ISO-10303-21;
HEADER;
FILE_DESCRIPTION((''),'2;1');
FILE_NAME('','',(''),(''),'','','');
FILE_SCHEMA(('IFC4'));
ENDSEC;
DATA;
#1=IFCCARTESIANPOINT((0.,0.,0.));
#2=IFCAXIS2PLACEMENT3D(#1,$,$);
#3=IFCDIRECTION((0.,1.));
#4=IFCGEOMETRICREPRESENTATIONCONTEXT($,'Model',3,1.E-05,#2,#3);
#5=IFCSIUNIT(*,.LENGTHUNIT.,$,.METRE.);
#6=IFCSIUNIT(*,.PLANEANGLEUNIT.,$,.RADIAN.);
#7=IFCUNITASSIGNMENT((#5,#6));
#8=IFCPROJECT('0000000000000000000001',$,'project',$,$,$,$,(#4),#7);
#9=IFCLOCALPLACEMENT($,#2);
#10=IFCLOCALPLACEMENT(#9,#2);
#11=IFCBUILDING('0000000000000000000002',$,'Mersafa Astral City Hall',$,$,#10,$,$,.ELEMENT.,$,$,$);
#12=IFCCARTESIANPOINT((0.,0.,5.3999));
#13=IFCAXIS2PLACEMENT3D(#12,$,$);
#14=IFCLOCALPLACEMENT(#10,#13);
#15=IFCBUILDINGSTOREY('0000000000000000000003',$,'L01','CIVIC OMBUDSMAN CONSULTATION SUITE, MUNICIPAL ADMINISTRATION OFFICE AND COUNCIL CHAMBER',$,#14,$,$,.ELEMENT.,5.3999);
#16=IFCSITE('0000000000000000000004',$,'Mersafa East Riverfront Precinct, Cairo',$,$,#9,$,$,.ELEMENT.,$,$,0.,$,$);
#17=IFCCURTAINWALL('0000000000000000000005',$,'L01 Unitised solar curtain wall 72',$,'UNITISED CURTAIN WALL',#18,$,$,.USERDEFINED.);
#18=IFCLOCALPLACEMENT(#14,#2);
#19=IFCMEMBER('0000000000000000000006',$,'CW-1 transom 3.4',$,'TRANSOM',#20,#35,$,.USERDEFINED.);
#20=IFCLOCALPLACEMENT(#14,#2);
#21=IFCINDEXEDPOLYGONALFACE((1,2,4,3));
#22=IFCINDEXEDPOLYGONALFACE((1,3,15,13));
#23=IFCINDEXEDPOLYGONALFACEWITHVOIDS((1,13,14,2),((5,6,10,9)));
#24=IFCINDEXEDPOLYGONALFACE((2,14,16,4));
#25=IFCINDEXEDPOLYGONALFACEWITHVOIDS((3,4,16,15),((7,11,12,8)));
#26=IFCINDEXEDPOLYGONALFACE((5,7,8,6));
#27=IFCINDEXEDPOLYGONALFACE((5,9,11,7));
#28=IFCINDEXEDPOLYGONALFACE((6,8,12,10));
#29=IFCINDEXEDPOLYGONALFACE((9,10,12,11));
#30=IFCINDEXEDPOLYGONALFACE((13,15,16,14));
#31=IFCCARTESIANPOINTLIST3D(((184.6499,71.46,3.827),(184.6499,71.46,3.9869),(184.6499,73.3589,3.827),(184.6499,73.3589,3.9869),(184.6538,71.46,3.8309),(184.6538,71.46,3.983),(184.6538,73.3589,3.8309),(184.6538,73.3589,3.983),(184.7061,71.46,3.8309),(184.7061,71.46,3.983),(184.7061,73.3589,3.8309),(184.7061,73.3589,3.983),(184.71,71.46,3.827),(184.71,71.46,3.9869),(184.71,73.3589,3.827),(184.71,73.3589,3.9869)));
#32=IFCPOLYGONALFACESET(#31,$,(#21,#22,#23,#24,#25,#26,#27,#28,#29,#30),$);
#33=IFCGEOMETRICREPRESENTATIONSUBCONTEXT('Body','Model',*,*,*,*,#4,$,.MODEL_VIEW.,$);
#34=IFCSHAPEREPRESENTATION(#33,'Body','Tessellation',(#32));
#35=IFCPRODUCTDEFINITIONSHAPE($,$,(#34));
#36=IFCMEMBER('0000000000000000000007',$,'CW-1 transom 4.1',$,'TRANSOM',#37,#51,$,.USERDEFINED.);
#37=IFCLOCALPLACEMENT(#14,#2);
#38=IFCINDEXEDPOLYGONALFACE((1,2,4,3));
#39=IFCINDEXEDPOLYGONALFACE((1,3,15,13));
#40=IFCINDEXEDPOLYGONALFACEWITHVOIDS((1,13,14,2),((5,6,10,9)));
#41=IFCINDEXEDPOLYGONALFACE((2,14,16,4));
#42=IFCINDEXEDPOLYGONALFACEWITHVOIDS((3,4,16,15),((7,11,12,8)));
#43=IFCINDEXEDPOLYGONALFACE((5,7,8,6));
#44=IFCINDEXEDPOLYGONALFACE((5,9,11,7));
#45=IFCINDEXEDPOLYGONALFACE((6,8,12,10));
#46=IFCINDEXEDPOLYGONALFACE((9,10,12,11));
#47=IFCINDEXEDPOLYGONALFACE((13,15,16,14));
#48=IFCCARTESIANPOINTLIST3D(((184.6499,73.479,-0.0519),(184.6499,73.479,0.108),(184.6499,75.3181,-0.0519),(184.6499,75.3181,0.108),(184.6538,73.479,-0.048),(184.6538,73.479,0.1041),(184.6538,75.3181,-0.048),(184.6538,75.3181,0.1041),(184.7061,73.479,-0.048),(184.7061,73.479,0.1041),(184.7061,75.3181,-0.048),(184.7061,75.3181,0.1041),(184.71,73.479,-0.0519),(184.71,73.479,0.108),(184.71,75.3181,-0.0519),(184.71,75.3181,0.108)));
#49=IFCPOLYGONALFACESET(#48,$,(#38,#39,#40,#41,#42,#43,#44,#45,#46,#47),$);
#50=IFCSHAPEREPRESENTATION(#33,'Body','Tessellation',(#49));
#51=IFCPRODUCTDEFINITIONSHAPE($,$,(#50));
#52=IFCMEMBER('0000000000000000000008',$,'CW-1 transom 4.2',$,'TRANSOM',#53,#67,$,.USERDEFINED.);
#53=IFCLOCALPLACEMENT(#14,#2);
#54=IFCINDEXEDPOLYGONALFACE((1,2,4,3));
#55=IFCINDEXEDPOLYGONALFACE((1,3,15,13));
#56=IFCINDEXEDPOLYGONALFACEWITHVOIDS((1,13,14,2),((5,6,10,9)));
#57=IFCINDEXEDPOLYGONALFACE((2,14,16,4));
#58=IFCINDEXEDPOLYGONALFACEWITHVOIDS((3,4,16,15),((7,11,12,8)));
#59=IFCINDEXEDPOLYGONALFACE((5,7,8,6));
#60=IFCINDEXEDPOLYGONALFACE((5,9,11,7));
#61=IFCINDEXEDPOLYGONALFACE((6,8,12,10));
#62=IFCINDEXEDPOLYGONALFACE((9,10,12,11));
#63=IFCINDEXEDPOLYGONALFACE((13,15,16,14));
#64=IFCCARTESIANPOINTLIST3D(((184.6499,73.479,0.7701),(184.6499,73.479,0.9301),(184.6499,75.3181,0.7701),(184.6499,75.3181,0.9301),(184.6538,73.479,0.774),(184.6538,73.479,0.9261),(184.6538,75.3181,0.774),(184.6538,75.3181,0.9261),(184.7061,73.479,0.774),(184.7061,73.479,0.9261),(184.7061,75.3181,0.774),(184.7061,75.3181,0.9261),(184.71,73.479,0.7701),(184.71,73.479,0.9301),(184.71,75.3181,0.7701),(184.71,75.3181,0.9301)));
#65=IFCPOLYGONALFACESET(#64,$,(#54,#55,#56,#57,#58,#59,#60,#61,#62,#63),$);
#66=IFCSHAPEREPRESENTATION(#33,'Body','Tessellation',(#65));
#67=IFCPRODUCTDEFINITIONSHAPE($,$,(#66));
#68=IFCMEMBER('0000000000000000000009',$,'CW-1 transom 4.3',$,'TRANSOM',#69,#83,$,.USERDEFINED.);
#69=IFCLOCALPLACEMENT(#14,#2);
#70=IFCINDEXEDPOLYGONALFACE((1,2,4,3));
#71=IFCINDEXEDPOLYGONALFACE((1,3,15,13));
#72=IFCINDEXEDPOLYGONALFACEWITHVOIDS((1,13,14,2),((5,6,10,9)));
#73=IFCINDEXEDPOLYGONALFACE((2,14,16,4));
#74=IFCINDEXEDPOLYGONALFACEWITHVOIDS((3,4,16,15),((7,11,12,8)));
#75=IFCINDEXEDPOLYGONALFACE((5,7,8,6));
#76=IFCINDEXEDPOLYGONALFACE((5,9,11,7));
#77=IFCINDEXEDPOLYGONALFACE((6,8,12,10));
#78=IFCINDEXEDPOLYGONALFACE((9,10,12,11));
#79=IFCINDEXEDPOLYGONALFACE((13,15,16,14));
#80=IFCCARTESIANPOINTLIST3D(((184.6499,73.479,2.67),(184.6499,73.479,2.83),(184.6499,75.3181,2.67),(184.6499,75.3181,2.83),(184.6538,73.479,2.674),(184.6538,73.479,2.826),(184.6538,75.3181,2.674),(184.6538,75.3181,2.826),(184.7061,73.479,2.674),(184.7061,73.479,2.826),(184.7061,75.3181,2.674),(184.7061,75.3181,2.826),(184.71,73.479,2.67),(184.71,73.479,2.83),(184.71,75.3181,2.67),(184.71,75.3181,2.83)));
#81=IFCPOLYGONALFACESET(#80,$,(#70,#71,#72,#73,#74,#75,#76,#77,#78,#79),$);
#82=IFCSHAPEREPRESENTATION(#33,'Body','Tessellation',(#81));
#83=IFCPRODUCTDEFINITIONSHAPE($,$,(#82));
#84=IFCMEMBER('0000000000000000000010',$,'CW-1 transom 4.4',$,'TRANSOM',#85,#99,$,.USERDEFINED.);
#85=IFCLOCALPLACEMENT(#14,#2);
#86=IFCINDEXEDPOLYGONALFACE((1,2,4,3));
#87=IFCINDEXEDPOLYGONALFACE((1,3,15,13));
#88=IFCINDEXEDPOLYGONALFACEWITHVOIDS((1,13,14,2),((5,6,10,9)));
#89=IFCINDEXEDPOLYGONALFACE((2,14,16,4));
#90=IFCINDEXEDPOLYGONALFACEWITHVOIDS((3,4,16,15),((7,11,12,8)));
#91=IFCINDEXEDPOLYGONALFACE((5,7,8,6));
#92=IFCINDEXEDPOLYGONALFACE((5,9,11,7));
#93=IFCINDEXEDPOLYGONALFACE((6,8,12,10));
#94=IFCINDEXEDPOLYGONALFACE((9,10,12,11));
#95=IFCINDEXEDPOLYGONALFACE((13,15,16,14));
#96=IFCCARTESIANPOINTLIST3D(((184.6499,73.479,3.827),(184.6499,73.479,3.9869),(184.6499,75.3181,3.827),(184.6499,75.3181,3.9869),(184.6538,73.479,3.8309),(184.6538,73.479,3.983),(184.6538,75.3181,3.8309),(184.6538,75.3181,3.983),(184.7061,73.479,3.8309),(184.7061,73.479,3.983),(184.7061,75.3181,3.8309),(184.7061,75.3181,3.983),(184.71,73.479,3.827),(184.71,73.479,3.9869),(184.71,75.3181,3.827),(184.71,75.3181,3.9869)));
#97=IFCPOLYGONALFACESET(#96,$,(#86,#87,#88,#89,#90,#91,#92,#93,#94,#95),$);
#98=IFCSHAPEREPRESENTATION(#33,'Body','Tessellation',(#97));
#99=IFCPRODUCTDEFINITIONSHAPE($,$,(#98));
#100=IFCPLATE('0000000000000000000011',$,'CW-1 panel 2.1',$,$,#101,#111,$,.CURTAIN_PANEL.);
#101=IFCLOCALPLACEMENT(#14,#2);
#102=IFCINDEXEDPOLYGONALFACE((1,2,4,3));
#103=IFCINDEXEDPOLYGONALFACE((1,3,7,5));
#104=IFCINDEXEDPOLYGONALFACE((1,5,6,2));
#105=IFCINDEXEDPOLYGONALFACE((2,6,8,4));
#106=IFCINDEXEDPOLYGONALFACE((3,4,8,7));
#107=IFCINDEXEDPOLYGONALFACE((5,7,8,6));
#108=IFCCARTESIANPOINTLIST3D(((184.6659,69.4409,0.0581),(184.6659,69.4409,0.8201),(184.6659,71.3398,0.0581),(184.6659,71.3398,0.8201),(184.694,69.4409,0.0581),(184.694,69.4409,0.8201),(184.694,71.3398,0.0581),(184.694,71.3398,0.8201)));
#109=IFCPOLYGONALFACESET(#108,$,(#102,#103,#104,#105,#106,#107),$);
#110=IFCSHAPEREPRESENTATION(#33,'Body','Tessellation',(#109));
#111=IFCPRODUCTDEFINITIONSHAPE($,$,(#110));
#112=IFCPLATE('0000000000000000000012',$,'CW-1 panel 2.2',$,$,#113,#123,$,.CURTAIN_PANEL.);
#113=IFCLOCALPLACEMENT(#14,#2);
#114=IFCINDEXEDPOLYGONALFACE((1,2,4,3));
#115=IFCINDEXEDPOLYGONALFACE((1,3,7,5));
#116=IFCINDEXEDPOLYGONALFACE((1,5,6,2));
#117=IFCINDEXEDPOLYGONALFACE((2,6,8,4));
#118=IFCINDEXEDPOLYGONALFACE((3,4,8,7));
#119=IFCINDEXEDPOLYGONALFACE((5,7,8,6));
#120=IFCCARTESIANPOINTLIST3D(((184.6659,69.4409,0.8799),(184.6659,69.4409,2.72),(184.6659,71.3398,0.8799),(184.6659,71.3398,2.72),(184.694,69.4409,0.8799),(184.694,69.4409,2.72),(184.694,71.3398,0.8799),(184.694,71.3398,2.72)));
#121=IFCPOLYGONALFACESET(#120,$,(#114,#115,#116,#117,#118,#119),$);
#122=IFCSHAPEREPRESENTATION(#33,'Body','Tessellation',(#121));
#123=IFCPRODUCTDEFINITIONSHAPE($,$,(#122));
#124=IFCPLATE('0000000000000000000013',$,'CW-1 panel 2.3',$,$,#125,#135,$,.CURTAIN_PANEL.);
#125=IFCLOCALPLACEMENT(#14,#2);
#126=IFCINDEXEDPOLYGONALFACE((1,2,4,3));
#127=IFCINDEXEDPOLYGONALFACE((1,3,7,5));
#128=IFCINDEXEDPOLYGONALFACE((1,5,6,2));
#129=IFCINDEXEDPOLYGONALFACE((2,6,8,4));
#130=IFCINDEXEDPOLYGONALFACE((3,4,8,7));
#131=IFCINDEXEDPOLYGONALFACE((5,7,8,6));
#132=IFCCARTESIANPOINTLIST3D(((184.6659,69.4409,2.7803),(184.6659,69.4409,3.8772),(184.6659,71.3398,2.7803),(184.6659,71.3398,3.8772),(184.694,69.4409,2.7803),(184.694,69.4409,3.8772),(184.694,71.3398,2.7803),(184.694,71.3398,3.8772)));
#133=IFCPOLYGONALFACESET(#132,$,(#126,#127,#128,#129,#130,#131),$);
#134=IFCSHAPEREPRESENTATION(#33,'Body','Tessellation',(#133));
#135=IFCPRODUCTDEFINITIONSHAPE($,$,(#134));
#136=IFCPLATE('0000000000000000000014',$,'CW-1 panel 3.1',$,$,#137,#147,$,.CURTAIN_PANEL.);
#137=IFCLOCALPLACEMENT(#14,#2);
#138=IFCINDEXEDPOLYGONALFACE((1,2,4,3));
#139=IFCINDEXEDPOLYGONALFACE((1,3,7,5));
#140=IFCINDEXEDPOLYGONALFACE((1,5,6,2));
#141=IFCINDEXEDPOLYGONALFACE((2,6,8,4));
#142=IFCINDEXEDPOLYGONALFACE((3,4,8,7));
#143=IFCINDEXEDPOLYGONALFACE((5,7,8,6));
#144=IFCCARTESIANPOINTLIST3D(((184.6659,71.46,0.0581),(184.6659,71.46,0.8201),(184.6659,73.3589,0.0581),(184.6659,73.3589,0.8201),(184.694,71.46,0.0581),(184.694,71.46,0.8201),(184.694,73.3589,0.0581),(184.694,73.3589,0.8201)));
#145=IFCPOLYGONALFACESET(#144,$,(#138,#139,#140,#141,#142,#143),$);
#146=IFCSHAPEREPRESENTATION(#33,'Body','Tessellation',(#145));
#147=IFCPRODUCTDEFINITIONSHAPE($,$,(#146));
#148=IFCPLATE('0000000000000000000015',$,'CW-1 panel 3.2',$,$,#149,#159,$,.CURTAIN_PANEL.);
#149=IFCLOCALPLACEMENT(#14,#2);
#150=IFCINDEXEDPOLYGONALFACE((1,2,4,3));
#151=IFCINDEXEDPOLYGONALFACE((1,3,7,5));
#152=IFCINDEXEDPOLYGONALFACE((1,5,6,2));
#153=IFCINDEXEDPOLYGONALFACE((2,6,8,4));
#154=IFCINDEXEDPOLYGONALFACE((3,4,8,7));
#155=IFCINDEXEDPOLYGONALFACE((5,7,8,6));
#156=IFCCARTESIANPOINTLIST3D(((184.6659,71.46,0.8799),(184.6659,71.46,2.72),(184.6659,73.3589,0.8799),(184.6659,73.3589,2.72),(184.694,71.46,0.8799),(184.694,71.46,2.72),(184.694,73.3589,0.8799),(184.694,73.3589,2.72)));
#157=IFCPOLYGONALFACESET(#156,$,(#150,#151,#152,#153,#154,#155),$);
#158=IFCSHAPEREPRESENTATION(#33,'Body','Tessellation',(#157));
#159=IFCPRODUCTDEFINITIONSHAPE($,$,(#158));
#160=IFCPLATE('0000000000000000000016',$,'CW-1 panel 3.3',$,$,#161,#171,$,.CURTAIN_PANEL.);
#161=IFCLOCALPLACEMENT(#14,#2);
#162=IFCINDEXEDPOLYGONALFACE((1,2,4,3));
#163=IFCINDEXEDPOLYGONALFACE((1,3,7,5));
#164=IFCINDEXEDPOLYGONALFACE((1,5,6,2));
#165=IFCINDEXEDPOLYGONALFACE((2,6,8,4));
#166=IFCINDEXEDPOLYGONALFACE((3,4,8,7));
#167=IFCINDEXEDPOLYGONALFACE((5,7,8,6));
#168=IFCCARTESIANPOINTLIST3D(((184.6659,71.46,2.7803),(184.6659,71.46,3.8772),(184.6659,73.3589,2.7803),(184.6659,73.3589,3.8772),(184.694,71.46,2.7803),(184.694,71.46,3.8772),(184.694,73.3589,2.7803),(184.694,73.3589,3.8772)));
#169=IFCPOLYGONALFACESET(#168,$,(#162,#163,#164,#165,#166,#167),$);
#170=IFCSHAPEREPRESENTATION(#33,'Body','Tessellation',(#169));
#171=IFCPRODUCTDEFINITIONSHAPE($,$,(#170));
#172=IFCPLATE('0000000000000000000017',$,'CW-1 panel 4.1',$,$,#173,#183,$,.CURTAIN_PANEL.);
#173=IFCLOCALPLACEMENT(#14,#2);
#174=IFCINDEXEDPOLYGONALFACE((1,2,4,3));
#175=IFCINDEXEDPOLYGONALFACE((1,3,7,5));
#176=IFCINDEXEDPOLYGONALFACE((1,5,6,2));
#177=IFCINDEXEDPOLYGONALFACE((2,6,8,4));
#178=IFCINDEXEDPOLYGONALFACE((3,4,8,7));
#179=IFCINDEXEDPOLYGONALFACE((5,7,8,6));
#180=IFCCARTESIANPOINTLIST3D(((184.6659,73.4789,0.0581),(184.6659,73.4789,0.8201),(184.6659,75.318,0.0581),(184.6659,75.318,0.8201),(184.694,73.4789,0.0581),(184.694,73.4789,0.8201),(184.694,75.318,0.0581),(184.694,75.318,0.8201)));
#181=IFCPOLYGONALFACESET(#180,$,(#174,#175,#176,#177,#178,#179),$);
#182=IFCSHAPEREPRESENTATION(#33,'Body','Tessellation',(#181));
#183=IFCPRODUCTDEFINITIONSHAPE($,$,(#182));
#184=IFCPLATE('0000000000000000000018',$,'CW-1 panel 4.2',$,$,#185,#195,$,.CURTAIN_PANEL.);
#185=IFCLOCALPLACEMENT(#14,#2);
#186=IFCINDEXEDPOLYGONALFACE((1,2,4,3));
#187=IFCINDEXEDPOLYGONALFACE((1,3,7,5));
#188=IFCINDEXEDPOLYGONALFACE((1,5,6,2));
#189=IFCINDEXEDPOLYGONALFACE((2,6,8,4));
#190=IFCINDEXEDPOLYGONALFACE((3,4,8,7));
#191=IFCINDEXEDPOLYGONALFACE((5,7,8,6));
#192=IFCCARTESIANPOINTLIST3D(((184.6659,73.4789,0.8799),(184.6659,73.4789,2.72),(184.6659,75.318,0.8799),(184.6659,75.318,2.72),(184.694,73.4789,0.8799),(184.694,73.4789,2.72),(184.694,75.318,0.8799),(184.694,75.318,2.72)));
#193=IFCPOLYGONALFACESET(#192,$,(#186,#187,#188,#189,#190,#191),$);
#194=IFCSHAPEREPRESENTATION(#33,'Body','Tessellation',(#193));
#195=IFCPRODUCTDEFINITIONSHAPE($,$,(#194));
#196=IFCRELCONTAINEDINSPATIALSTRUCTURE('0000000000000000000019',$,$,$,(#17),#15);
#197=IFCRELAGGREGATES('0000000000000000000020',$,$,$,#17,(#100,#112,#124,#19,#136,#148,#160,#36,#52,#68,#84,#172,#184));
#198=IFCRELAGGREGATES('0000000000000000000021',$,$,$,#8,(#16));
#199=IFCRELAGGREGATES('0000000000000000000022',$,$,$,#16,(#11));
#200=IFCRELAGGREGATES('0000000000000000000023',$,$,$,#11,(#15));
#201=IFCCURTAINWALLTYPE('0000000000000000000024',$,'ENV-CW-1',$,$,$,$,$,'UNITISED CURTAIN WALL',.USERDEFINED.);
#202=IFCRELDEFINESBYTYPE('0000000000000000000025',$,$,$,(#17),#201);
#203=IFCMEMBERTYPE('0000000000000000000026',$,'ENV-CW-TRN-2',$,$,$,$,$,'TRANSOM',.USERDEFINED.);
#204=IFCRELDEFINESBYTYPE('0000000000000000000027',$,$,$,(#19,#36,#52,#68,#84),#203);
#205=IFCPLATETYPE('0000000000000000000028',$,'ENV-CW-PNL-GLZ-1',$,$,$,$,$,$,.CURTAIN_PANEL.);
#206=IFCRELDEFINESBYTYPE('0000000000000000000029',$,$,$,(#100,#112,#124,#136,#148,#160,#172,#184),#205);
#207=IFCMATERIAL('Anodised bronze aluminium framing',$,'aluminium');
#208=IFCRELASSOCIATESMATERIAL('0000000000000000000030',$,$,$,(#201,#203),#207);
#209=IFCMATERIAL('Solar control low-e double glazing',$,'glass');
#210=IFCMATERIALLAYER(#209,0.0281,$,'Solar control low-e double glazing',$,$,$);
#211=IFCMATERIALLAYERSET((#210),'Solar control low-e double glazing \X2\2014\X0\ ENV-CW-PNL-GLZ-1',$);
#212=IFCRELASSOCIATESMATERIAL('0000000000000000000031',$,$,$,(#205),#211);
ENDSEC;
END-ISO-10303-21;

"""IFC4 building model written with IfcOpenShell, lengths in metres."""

from ifc_helpers import new_model, si_unit, direction, frame, origin, origin_2d, place, context, subcontext, project, spatial, rectangle, hollow_rectangle, extrude, material, layer, layer_set, material_profile, profile_set, type_object, element, aggregate, save


model = new_model("IFC4")

# Units and contexts
model_context = context("Model", 3, precision=1e-05, world=origin(), true_north=direction((0.0, 1.0)))
body_context = subcontext(model_context, "Body", "Model", "MODEL_VIEW")
ifc_project = project(units=[si_unit("LENGTHUNIT", "METRE"), si_unit("PLANEANGLEUNIT", "RADIAN")], contexts=[model_context])

# Site, building, storey
site_placement = place(None, origin())
site = spatial("IfcSite", under=ifc_project, at=site_placement, Name="Mersafa East Riverfront Precinct, Cairo", CompositionType="ELEMENT", RefElevation=0.0)
building_placement = place(site_placement, origin())
building = spatial("IfcBuilding", under=site, at=building_placement, Name="Mersafa Astral City Hall", CompositionType="ELEMENT")
storey_placement = place(building_placement, frame((0.0, 0.0, 5.3999)))
storey = spatial("IfcBuildingStorey", under=building, at=storey_placement, Name="L01", Description="CIVIC OMBUDSMAN CONSULTATION SUITE, MUNICIPAL ADMINISTRATION OFFICE AND COUNCIL CHAMBER", CompositionType="ELEMENT", Elevation=5.3999)

# Curtain wall, members, plates
ifc_material_1 = material(Name="Anodised bronze aluminium framing", Category="aluminium")
curtain_wall_type = type_object("IfcCurtainWallType", Name="ENV-CW-1", ElementType="UNITISED CURTAIN WALL", PredefinedType="USERDEFINED", material=ifc_material_1)
curtain_wall_placement = place(storey_placement, origin())
curtain_wall = element("IfcCurtainWall", 1, at=curtain_wall_placement, inside=storey, type_object=curtain_wall_type, Name="L01 Unitised solar curtain wall 72", ObjectType="UNITISED CURTAIN WALL", PredefinedType="USERDEFINED")
ifc_material_profile_1 = material_profile(ifc_material_1, hollow_rectangle(XDim=0.0601, YDim=0.1599, WallThickness=0.0039, at=origin_2d()), Name="RHS 60x160x4")
ifc_profile_set_1 = profile_set([ifc_material_profile_1], Name="Anodised bronze aluminium framing")
member_type_1 = type_object("IfcMemberType", Name="ENV-CW-TRN-2", ElementType="TRANSOM", PredefinedType="USERDEFINED", material=ifc_profile_set_1)
member_1_placement = place(storey_placement, frame((184.6799, 71.46, 3.907), z_axis=(0.0, 1.0, 0.0), x_axis=(-1.0, 0.0, 0.0)))
member_1 = element("IfcMember", 2, at=member_1_placement, type_object=member_type_1, Name="CW-1 transom 3.4", ObjectType="TRANSOM", PredefinedType="USERDEFINED", context=body_context, shape_type="SweptSolid", body=[
    extrude(hollow_rectangle(XDim=0.0601, YDim=0.1599, WallThickness=0.0039, at=origin_2d()), origin(), (0.0, 0.0, 1.0), 1.8989),
])
member_2_placement = place(storey_placement, frame((184.6799, 73.479, 0.0281), z_axis=(0.0, 1.0, 0.0), x_axis=(-1.0, 0.0, 0.0)))
member_2 = element("IfcMember", 3, at=member_2_placement, type_object=member_type_1, Name="CW-1 transom 4.1", ObjectType="TRANSOM", PredefinedType="USERDEFINED", context=body_context, shape_type="SweptSolid", body=[
    extrude(hollow_rectangle(XDim=0.0601, YDim=0.1599, WallThickness=0.0039, at=origin_2d()), origin(), (0.0, 0.0, 1.0), 1.8391),
])
member_3_placement = place(storey_placement, frame((184.6799, 73.479, 0.8501), z_axis=(0.0, 1.0, 0.0), x_axis=(-1.0, 0.0, 0.0)))
member_3 = element("IfcMember", 4, at=member_3_placement, type_object=member_type_1, Name="CW-1 transom 4.2", ObjectType="TRANSOM", PredefinedType="USERDEFINED", context=body_context, shape_type="SweptSolid", body=[
    extrude(hollow_rectangle(XDim=0.0601, YDim=0.1599, WallThickness=0.0039, at=origin_2d()), origin(), (0.0, 0.0, 1.0), 1.8391),
])
member_4_placement = place(storey_placement, frame((184.6799, 73.479, 2.75), z_axis=(0.0, 1.0, 0.0), x_axis=(-1.0, 0.0, 0.0)))
member_4 = element("IfcMember", 5, at=member_4_placement, type_object=member_type_1, Name="CW-1 transom 4.3", ObjectType="TRANSOM", PredefinedType="USERDEFINED", context=body_context, shape_type="SweptSolid", body=[
    extrude(hollow_rectangle(XDim=0.0601, YDim=0.1599, WallThickness=0.0039, at=origin_2d()), origin(), (0.0, 0.0, 1.0), 1.8391),
])
member_5_placement = place(storey_placement, frame((184.6799, 73.479, 3.907), z_axis=(0.0, 1.0, 0.0), x_axis=(-1.0, 0.0, 0.0)))
member_5 = element("IfcMember", 6, at=member_5_placement, type_object=member_type_1, Name="CW-1 transom 4.4", ObjectType="TRANSOM", PredefinedType="USERDEFINED", context=body_context, shape_type="SweptSolid", body=[
    extrude(hollow_rectangle(XDim=0.0601, YDim=0.1599, WallThickness=0.0039, at=origin_2d()), origin(), (0.0, 0.0, 1.0), 1.8391),
])
ifc_material_2 = material(Name="Solar control low-e double glazing", Category="glass")
ifc_layer = layer(ifc_material_2, 0.0281, Name="Solar control low-e double glazing")
ifc_layer_set = layer_set([ifc_layer], Name="Solar control low-e double glazing — ENV-CW-PNL-GLZ-1")
plate_type = type_object("IfcPlateType", Name="ENV-CW-PNL-GLZ-1", PredefinedType="CURTAIN_PANEL", material=ifc_layer_set)
plate_1_placement = place(storey_placement, frame((184.6799, 70.3904, 0.0581), z_axis=(0.0, 0.0, 1.0), x_axis=(0.0, 1.0, 0.0)))
plate_1 = element("IfcPlate", 7, at=plate_1_placement, type_object=plate_type, Name="CW-1 panel 2.1", PredefinedType="CURTAIN_PANEL", context=body_context, shape_type="SweptSolid", body=[
    extrude(rectangle(XDim=1.8989, YDim=0.0281, at=origin_2d()), origin(), (0.0, 0.0, 1.0), 0.762),
])
plate_2_placement = place(storey_placement, frame((184.6799, 70.3904, 0.8799), z_axis=(0.0, 0.0, 1.0), x_axis=(0.0, 1.0, 0.0)))
plate_2 = element("IfcPlate", 8, at=plate_2_placement, type_object=plate_type, Name="CW-1 panel 2.2", PredefinedType="CURTAIN_PANEL", context=body_context, shape_type="SweptSolid", body=[
    extrude(rectangle(XDim=1.8989, YDim=0.0281, at=origin_2d()), origin(), (0.0, 0.0, 1.0), 1.8401),
])
plate_3_placement = place(storey_placement, frame((184.6799, 70.3904, 2.7803), z_axis=(0.0, 0.0, 1.0), x_axis=(0.0, 1.0, 0.0)))
plate_3 = element("IfcPlate", 9, at=plate_3_placement, type_object=plate_type, Name="CW-1 panel 2.3", PredefinedType="CURTAIN_PANEL", context=body_context, shape_type="SweptSolid", body=[
    extrude(rectangle(XDim=1.8989, YDim=0.0281, at=origin_2d()), origin(), (0.0, 0.0, 1.0), 1.0969),
])
plate_4_placement = place(storey_placement, frame((184.6799, 72.4094, 0.0581), z_axis=(0.0, 0.0, 1.0), x_axis=(0.0, 1.0, 0.0)))
plate_4 = element("IfcPlate", 10, at=plate_4_placement, type_object=plate_type, Name="CW-1 panel 3.1", PredefinedType="CURTAIN_PANEL", context=body_context, shape_type="SweptSolid", body=[
    extrude(rectangle(XDim=1.8989, YDim=0.0281, at=origin_2d()), origin(), (0.0, 0.0, 1.0), 0.762),
])
plate_5_placement = place(storey_placement, frame((184.6799, 72.4094, 0.8799), z_axis=(0.0, 0.0, 1.0), x_axis=(0.0, 1.0, 0.0)))
plate_5 = element("IfcPlate", 11, at=plate_5_placement, type_object=plate_type, Name="CW-1 panel 3.2", PredefinedType="CURTAIN_PANEL", context=body_context, shape_type="SweptSolid", body=[
    extrude(rectangle(XDim=1.8989, YDim=0.0281, at=origin_2d()), origin(), (0.0, 0.0, 1.0), 1.8401),
])
plate_6_placement = place(storey_placement, frame((184.6799, 72.4094, 2.7803), z_axis=(0.0, 0.0, 1.0), x_axis=(0.0, 1.0, 0.0)))
plate_6 = element("IfcPlate", 12, at=plate_6_placement, type_object=plate_type, Name="CW-1 panel 3.3", PredefinedType="CURTAIN_PANEL", context=body_context, shape_type="SweptSolid", body=[
    extrude(rectangle(XDim=1.8989, YDim=0.0281, at=origin_2d()), origin(), (0.0, 0.0, 1.0), 1.0969),
])
plate_7_placement = place(storey_placement, frame((184.6799, 74.3984, 0.0581), z_axis=(0.0, 0.0, 1.0), x_axis=(0.0, 1.0, 0.0)))
plate_7 = element("IfcPlate", 13, at=plate_7_placement, type_object=plate_type, Name="CW-1 panel 4.1", PredefinedType="CURTAIN_PANEL", context=body_context, shape_type="SweptSolid", body=[
    extrude(rectangle(XDim=1.8391, YDim=0.0281, at=origin_2d()), origin(), (0.0, 0.0, 1.0), 0.762),
])
plate_8_placement = place(storey_placement, frame((184.6799, 74.3984, 0.8799), z_axis=(0.0, 0.0, 1.0), x_axis=(0.0, 1.0, 0.0)))
plate_8 = element("IfcPlate", 14, at=plate_8_placement, type_object=plate_type, Name="CW-1 panel 4.2", PredefinedType="CURTAIN_PANEL", context=body_context, shape_type="SweptSolid", body=[
    extrude(rectangle(XDim=1.8391, YDim=0.0281, at=origin_2d()), origin(), (0.0, 0.0, 1.0), 1.8401),
])
aggregate(curtain_wall, [plate_1, plate_2, plate_3, member_1, plate_4, plate_5, plate_6, member_2, member_3, member_4, member_5, plate_7, plate_8])

save(model, "model.ifc")
